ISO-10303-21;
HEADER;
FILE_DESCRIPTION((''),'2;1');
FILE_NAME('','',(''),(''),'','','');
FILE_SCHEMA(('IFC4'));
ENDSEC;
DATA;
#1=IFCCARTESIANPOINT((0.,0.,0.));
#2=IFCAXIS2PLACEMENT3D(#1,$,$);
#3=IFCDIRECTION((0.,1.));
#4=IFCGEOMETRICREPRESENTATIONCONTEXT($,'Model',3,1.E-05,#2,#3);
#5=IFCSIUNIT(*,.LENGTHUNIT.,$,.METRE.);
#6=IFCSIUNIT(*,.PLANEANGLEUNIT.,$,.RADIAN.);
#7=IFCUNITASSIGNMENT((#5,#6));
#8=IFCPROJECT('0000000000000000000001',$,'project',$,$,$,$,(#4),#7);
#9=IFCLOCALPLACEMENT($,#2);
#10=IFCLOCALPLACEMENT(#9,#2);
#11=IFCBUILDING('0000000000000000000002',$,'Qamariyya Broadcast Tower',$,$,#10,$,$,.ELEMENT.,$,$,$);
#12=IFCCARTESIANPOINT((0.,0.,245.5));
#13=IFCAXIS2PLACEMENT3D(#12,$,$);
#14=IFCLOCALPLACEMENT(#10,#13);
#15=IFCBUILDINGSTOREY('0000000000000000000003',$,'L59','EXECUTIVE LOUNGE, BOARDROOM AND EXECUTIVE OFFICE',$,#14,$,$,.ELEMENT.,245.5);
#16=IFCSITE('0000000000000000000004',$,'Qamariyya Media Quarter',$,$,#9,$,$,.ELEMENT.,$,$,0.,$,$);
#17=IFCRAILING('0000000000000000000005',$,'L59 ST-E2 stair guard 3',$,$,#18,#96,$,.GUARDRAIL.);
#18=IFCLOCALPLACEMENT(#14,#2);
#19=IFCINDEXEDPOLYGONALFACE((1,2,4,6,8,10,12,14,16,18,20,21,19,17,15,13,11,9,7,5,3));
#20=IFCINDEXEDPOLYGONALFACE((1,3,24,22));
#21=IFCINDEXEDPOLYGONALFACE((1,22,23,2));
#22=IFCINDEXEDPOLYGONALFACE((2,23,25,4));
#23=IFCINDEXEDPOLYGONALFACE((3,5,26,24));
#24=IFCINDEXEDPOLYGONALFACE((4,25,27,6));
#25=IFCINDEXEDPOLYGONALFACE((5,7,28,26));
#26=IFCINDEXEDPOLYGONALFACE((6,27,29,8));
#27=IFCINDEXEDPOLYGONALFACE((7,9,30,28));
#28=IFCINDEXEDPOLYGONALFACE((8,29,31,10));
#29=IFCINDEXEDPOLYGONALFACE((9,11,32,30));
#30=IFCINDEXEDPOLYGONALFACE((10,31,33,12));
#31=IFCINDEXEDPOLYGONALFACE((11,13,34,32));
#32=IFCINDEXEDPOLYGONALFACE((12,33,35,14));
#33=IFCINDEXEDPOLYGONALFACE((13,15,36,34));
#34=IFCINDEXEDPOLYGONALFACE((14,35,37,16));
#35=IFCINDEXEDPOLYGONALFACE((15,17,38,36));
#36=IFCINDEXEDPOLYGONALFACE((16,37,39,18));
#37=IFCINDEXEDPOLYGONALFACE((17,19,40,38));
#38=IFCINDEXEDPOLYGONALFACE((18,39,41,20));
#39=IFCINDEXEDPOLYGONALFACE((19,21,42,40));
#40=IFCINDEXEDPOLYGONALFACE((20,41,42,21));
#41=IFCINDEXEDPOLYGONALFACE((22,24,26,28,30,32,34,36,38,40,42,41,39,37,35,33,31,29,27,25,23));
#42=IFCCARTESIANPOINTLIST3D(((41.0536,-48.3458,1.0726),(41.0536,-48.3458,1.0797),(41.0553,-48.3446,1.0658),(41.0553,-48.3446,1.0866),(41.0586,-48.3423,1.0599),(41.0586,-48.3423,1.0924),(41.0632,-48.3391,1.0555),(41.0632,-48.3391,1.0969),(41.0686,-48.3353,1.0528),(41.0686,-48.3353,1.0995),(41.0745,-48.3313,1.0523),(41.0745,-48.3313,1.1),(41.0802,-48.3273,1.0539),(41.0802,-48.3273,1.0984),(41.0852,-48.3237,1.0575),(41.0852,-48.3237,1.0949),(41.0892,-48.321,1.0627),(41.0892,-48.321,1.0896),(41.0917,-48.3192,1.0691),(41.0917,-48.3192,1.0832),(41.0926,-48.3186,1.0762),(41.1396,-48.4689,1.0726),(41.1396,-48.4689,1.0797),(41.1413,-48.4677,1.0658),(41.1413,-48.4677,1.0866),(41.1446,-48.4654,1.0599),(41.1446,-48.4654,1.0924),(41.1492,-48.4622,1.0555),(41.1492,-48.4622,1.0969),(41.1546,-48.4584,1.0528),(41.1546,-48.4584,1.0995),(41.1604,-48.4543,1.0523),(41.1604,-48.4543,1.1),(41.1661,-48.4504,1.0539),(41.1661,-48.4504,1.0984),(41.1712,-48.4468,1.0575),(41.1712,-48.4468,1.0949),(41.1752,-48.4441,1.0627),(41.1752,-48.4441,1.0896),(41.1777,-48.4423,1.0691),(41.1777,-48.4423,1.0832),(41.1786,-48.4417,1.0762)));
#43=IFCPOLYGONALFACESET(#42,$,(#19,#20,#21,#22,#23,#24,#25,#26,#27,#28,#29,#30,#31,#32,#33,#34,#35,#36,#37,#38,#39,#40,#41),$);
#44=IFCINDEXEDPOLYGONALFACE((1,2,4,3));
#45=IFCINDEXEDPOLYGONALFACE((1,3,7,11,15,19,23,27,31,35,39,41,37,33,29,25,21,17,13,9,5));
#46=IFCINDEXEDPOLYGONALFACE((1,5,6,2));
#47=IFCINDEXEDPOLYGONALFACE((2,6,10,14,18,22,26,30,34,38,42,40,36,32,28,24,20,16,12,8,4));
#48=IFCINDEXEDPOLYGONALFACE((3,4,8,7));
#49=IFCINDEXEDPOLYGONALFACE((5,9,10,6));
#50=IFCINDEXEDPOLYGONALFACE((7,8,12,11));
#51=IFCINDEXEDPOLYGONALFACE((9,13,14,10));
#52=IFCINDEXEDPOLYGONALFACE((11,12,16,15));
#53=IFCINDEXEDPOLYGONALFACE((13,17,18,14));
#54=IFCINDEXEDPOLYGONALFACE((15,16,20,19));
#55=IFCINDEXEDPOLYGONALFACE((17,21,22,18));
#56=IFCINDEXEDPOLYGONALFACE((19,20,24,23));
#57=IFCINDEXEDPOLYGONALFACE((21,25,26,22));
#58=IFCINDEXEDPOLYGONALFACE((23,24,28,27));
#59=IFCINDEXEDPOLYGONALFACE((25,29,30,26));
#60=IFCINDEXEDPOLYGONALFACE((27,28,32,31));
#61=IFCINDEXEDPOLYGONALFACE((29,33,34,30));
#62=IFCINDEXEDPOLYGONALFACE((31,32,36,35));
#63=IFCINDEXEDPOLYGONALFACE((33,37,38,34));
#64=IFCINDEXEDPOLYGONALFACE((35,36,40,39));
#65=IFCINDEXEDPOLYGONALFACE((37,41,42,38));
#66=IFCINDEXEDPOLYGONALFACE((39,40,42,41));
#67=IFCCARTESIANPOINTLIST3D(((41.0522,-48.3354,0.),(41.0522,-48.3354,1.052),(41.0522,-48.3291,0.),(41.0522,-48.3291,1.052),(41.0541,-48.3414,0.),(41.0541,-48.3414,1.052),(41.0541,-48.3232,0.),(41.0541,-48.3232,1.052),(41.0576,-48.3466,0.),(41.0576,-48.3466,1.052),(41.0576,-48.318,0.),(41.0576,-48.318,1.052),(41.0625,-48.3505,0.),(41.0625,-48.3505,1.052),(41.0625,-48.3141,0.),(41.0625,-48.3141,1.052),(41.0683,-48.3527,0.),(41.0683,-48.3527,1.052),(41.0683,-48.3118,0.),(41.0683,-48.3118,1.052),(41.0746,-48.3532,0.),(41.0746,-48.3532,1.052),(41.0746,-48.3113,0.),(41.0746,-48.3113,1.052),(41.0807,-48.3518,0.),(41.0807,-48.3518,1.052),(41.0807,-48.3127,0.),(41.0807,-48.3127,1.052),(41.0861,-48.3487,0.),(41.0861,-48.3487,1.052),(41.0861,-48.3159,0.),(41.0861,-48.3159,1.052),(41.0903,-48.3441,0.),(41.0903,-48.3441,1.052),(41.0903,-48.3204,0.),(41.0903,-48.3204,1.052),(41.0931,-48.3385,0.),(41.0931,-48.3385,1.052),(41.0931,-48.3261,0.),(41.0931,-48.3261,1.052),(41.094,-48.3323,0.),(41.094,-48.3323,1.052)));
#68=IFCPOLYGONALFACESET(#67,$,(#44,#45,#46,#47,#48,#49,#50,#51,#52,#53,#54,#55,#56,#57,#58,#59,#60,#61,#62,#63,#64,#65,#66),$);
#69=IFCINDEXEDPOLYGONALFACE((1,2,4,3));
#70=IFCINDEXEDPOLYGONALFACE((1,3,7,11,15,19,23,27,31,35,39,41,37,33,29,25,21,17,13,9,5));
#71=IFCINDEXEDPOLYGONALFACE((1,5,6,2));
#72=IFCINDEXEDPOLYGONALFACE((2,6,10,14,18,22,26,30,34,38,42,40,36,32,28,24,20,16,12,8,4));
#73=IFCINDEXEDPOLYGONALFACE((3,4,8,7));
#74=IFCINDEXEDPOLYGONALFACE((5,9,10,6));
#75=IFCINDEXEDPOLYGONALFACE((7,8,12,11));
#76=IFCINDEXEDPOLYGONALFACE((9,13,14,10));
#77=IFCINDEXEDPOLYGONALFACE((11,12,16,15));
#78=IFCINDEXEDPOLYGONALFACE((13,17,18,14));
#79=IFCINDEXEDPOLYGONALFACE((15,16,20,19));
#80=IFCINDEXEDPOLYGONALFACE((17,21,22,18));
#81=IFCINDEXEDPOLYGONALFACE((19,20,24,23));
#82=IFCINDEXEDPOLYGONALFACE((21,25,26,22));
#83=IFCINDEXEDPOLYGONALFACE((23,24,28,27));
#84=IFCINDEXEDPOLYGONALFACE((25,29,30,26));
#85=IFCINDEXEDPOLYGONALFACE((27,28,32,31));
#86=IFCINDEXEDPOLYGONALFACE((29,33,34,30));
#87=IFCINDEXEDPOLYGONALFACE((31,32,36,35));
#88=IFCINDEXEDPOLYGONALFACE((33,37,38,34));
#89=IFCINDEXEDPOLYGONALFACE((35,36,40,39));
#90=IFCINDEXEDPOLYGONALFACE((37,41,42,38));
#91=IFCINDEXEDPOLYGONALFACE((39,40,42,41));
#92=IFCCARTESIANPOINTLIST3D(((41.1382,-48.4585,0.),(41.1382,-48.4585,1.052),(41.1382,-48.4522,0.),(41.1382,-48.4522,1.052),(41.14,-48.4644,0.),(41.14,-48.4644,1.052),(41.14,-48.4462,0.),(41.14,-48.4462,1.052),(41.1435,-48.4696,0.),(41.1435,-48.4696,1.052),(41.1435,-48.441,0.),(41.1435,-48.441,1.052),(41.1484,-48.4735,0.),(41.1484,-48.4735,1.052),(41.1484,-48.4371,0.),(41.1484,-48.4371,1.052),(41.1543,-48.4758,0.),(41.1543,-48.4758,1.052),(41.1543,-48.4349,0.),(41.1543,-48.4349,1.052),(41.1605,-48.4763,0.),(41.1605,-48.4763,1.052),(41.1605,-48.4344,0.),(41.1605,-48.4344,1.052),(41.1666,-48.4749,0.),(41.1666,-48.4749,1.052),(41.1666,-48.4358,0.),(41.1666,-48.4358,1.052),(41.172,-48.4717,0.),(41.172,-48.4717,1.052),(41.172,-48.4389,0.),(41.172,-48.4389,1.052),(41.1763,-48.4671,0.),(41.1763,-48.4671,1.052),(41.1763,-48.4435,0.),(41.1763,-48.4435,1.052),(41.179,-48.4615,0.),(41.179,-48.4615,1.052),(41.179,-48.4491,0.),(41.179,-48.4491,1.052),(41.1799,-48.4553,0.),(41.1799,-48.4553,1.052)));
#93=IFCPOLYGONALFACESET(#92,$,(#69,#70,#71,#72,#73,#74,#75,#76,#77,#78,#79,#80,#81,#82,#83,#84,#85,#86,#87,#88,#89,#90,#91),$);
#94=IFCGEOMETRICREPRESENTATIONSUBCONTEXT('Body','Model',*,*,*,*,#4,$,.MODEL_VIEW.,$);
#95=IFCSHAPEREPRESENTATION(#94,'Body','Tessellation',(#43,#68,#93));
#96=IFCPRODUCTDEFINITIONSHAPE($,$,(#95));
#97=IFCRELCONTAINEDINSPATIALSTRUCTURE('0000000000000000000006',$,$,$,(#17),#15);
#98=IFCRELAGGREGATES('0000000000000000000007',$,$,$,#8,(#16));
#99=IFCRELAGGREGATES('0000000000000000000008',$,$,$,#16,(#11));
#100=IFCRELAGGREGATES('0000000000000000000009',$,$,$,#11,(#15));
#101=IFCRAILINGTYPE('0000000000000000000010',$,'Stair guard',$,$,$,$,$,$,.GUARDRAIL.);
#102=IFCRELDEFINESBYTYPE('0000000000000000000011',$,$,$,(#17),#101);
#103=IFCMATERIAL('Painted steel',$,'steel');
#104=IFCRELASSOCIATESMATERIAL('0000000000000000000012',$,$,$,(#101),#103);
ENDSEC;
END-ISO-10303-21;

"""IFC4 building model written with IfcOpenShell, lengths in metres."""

from ifc_helpers import new_model, si_unit, direction, frame, origin, origin_2d, place, context, subcontext, project, spatial, circle, extrude, material, type_object, element, save


model = new_model("IFC4")

# Units and contexts
model_context = context("Model", 3, precision=1e-05, world=origin(), true_north=direction((0.0, 1.0)))
body_context = subcontext(model_context, "Body", "Model", "MODEL_VIEW")
ifc_project = project(units=[si_unit("LENGTHUNIT", "METRE"), si_unit("PLANEANGLEUNIT", "RADIAN")], contexts=[model_context])

# Site, building, storey
site_placement = place(None, origin())
site = spatial("IfcSite", under=ifc_project, at=site_placement, Name="Qamariyya Media Quarter", CompositionType="ELEMENT", RefElevation=0.0)
building_placement = place(site_placement, origin())
building = spatial("IfcBuilding", under=site, at=building_placement, Name="Qamariyya Broadcast Tower", CompositionType="ELEMENT")
storey_placement = place(building_placement, frame((0.0, 0.0, 245.5)))
storey = spatial("IfcBuildingStorey", under=building, at=storey_placement, Name="L59", Description="EXECUTIVE LOUNGE, BOARDROOM AND EXECUTIVE OFFICE", CompositionType="ELEMENT", Elevation=245.5)

# Railing
ifc_material_1 = material(Name="Painted steel", Category="steel")
railing_type_1 = type_object("IfcRailingType", Name="Stair guard", PredefinedType="GUARDRAIL", material=ifc_material_1)
railing_1_placement = place(storey_placement, frame((41.073, -48.3323, 0.0)))
element("IfcRailing", 1, at=railing_1_placement, inside=storey, type_object=railing_type_1, Name="L59 ST-E2 stair guard 3", PredefinedType="GUARDRAIL", context=body_context, shape_type="SweptSolid", body=[
    extrude(circle(Radius=0.0239, at=origin_2d()), frame((0.0, 0.0, 1.0762), z_axis=(0.572589, -0.819843, 0.0), x_axis=(0.819843, 0.572589, 0.0)), (0.0, 0.0, 1.0), 0.1501),
    extrude(circle(Radius=0.021, at=origin_2d()), origin(), (0.0, 0.0, 1.0), 1.052),
    extrude(circle(Radius=0.021, at=origin_2d()), frame((0.0859, -0.123, 0.0)), (0.0, 0.0, 1.0), 1.052),
])

save(model, "model.ifc")
